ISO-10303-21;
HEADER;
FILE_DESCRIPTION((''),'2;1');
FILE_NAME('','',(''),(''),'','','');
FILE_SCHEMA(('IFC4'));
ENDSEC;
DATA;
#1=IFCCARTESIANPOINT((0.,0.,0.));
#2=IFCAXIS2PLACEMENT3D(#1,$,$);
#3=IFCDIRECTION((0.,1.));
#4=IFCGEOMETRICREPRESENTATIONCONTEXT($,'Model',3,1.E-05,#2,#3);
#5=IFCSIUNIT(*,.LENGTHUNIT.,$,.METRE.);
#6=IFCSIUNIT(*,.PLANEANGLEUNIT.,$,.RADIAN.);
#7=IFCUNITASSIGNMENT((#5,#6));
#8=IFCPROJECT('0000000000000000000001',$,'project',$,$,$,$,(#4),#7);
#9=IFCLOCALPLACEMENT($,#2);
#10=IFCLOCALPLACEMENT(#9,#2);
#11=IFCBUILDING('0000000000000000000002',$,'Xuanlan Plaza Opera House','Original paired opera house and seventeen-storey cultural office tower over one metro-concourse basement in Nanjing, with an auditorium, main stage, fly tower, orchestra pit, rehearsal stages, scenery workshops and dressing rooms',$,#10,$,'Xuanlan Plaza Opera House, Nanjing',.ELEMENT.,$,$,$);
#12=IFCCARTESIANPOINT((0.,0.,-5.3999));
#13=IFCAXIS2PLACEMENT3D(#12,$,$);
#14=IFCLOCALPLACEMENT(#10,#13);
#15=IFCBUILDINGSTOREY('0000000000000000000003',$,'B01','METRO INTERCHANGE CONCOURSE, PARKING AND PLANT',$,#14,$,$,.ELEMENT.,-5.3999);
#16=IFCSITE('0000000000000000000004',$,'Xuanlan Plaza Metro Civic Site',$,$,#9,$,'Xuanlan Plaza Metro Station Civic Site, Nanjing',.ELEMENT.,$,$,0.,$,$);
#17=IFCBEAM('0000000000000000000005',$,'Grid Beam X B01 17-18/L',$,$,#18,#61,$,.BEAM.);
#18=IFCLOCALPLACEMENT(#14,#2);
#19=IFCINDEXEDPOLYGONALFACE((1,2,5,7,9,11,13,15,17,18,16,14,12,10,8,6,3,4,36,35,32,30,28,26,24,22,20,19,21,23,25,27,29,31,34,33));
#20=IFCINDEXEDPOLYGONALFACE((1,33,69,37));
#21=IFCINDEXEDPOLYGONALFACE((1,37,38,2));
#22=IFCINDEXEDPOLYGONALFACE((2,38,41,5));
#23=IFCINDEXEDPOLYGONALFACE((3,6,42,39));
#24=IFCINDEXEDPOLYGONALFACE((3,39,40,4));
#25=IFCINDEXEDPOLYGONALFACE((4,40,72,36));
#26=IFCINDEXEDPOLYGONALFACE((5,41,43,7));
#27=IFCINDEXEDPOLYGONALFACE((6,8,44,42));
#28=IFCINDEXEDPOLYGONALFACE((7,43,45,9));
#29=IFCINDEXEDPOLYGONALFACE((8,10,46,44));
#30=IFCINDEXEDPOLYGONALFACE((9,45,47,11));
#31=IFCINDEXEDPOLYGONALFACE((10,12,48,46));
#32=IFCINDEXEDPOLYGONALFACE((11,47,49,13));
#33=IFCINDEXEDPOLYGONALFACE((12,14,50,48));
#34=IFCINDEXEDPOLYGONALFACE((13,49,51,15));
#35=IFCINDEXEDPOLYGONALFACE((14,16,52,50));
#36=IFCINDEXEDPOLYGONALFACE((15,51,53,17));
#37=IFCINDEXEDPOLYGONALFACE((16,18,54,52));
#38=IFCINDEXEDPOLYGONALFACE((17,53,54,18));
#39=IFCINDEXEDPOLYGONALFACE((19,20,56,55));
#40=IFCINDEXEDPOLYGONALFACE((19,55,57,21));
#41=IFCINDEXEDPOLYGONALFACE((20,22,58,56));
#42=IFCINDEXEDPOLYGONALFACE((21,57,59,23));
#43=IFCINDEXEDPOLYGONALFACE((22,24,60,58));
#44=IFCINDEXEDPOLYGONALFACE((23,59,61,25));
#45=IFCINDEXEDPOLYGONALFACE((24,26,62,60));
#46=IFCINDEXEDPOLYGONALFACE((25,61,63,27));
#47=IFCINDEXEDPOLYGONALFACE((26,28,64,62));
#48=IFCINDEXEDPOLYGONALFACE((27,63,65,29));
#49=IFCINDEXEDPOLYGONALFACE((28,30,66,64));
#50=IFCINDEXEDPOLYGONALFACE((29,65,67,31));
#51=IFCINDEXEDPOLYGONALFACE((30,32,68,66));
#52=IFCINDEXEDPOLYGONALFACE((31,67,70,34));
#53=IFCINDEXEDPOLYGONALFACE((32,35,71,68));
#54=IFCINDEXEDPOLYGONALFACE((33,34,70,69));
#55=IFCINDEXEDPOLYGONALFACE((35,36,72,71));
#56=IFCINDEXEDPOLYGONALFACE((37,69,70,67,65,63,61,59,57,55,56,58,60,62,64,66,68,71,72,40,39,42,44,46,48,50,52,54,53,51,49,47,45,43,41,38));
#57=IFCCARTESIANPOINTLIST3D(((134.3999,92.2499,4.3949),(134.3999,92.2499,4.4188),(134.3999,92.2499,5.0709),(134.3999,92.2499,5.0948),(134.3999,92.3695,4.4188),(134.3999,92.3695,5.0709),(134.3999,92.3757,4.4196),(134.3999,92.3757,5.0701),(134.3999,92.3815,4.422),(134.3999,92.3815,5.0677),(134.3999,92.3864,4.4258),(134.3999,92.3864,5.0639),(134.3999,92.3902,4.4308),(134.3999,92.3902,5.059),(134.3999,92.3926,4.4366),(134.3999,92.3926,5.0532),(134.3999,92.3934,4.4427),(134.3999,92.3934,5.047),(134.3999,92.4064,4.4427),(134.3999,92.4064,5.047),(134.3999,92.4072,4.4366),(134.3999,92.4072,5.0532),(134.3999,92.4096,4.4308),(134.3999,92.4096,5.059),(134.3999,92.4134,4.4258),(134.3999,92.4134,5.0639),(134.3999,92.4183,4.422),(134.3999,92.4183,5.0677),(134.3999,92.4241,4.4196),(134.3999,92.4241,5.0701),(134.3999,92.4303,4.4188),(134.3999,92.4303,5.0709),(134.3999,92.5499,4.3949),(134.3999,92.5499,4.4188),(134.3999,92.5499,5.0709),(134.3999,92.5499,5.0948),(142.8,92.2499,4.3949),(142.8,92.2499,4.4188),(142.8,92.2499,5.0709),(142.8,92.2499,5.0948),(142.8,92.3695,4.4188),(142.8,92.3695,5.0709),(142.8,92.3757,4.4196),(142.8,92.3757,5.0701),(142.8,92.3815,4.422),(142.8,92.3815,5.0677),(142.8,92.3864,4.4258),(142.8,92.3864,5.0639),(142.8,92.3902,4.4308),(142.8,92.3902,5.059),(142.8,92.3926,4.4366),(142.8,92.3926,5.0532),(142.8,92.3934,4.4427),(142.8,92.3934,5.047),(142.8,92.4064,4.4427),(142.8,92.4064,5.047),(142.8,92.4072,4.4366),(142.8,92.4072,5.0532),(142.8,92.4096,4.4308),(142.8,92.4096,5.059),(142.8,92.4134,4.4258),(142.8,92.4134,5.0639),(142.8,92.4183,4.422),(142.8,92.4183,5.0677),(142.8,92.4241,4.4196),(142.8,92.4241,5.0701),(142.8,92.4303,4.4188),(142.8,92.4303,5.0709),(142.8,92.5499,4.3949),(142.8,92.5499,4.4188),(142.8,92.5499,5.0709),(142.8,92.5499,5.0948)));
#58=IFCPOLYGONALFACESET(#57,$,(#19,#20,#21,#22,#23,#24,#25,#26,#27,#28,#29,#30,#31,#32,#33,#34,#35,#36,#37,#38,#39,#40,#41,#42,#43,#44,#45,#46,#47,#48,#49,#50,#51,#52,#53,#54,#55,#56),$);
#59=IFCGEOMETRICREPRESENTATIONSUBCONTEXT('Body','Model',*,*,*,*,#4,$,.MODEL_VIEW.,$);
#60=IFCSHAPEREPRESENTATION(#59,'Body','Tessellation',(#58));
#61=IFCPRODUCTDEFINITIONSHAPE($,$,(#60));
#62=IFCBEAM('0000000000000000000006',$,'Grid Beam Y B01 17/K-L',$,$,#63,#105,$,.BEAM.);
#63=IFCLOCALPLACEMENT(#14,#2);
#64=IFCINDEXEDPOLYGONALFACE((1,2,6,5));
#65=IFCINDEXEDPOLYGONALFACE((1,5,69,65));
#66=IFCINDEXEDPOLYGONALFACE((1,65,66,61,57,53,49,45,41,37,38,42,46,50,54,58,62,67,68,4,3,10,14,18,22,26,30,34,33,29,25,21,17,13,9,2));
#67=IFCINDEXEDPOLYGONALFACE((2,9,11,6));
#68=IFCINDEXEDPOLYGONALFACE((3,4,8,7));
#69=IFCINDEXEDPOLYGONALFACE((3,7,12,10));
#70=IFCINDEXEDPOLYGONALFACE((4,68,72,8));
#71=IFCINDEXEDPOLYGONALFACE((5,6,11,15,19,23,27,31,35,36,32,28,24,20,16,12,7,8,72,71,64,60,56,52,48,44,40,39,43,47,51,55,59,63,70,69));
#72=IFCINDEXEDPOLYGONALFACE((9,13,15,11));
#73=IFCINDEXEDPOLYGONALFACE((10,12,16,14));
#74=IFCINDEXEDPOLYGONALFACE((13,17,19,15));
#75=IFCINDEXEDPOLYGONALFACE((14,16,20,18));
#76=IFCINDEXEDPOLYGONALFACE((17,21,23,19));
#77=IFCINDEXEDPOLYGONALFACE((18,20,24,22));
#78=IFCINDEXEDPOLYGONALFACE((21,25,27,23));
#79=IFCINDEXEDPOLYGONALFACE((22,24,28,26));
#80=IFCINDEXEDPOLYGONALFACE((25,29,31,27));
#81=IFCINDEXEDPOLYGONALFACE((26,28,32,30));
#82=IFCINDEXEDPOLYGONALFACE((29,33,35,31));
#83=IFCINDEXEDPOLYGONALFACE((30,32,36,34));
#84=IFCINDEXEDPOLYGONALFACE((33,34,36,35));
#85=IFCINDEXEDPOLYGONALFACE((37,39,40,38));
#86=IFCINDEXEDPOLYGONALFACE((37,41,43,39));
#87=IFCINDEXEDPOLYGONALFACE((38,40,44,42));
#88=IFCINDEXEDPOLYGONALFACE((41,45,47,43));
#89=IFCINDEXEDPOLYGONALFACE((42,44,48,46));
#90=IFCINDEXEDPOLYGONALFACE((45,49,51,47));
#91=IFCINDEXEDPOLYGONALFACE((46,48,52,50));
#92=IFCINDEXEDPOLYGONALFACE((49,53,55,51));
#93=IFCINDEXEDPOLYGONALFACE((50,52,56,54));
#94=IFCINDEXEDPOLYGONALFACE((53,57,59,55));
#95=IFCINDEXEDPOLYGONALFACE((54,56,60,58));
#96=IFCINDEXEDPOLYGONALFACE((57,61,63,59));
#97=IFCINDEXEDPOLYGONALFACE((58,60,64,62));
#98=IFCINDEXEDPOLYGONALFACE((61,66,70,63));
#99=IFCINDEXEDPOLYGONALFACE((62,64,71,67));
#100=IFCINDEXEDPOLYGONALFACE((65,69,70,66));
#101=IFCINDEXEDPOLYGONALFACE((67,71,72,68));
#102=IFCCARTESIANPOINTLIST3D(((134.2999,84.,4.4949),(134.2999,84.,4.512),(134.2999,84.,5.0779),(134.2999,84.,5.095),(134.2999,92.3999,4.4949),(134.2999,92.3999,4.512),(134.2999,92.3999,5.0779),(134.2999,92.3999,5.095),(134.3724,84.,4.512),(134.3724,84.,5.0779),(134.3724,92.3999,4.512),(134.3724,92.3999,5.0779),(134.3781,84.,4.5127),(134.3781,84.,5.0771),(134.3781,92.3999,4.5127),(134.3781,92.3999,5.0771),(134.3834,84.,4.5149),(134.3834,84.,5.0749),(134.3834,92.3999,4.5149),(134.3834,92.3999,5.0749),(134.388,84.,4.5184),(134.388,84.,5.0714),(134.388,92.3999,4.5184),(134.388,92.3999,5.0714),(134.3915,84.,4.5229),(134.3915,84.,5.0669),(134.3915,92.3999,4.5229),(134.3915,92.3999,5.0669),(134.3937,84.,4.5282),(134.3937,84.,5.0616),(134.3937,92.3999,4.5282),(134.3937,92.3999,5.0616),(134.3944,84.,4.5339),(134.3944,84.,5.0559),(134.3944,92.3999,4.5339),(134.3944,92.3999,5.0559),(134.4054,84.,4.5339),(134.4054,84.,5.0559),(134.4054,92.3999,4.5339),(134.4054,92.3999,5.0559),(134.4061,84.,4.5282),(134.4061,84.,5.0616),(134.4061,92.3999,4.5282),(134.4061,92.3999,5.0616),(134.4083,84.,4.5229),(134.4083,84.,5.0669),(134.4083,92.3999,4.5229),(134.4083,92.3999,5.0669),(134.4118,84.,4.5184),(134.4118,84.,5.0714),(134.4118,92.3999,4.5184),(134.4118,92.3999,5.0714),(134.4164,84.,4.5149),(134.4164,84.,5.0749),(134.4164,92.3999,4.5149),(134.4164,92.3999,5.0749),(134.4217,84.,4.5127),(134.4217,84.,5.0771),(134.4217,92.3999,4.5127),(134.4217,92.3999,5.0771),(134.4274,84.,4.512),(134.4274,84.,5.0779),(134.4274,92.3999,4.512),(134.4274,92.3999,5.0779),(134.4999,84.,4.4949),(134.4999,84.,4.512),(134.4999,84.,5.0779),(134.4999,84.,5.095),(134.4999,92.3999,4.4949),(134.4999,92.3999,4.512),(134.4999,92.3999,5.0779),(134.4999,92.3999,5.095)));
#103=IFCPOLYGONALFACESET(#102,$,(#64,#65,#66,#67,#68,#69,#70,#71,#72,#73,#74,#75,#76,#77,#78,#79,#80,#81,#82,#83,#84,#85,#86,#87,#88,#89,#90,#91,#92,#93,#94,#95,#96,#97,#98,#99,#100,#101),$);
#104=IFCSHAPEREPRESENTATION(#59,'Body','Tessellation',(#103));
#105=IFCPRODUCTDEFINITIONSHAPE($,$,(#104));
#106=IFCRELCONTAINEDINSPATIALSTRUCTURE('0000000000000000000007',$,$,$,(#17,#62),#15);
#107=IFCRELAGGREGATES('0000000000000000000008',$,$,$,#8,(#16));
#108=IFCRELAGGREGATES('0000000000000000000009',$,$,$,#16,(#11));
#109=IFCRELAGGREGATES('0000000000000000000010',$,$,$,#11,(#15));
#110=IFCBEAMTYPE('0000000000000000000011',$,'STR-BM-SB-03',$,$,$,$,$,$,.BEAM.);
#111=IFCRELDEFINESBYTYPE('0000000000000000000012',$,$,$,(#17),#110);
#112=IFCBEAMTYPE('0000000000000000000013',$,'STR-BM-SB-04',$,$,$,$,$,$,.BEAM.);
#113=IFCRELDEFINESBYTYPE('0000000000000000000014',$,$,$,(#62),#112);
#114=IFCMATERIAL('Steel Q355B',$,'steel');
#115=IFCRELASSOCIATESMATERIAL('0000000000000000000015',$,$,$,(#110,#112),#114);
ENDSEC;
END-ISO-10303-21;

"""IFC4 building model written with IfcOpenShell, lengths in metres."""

from ifc_helpers import new_model, si_unit, direction, frame, origin, origin_2d, place, context, subcontext, project, spatial, i_section, extrude, material, material_profile, profile_set, type_object, element, save


model = new_model("IFC4")

# Units and contexts
model_context = context("Model", 3, precision=1e-05, world=origin(), true_north=direction((0.0, 1.0)))
body_context = subcontext(model_context, "Body", "Model", "MODEL_VIEW")
ifc_project = project(units=[si_unit("LENGTHUNIT", "METRE"), si_unit("PLANEANGLEUNIT", "RADIAN")], contexts=[model_context])

# Site, building, storey
site_placement = place(None, origin())
site = spatial("IfcSite", under=ifc_project, at=site_placement, Name="Xuanlan Plaza Metro Civic Site", LongName="Xuanlan Plaza Metro Station Civic Site, Nanjing", CompositionType="ELEMENT", RefElevation=0.0)
building_placement = place(site_placement, origin())
building = spatial("IfcBuilding", under=site, at=building_placement, Name="Xuanlan Plaza Opera House", Description="Original paired opera house and seventeen-storey cultural office tower over one metro-concourse basement in Nanjing, with an auditorium, main stage, fly tower, orchestra pit, rehearsal stages, scenery workshops and dressing rooms", LongName="Xuanlan Plaza Opera House, Nanjing", CompositionType="ELEMENT")
storey_placement = place(building_placement, frame((0.0, 0.0, -5.3999)))
storey = spatial("IfcBuildingStorey", under=building, at=storey_placement, Name="B01", Description="METRO INTERCHANGE CONCOURSE, PARKING AND PLANT", CompositionType="ELEMENT", Elevation=-5.3999)

# Beams
ifc_material_1 = material(Name="Steel Q355B", Category="steel")
ifc_material_profile_1 = material_profile(ifc_material_1, i_section(OverallWidth=0.3, OverallDepth=0.7, WebThickness=0.0129, FlangeThickness=0.0239, FilletRadius=0.0239, at=origin_2d()), Name="HN 700x300x13x24")
ifc_profile_set_1 = profile_set([ifc_material_profile_1], Name="Steel Q355B")
beam_type_1 = type_object("IfcBeamType", Name="STR-BM-SB-03", PredefinedType="BEAM", material=ifc_profile_set_1)
beam_1_placement = place(storey_placement, frame((134.3999, 92.3999, 4.7449), z_axis=(1.0, 0.0, 0.0), x_axis=(0.0, 1.0, 0.0)))
element("IfcBeam", 1, at=beam_1_placement, inside=storey, type_object=beam_type_1, Name="Grid Beam X B01 17-18/L", PredefinedType="BEAM", context=body_context, shape_type="SweptSolid", body=[
    extrude(i_section(OverallWidth=0.3, OverallDepth=0.7, WebThickness=0.0129, FlangeThickness=0.0239, FilletRadius=0.0239, at=origin_2d()), origin(), (0.0, 0.0, 1.0), 8.4001),
])
ifc_material_profile_2 = material_profile(ifc_material_1, i_section(OverallWidth=0.2, OverallDepth=0.6001, WebThickness=0.011, FlangeThickness=0.0171, FilletRadius=0.022, at=origin_2d()), Name="HN 600x200x11x17")
ifc_profile_set_2 = profile_set([ifc_material_profile_2], Name="Steel Q355B")
beam_type_2 = type_object("IfcBeamType", Name="STR-BM-SB-04", PredefinedType="BEAM", material=ifc_profile_set_2)
beam_2_placement = place(storey_placement, frame((134.3999, 84.0, 4.7949), z_axis=(0.0, 1.0, 0.0), x_axis=(-1.0, 0.0, 0.0)))
element("IfcBeam", 2, at=beam_2_placement, inside=storey, type_object=beam_type_2, Name="Grid Beam Y B01 17/K-L", PredefinedType="BEAM", context=body_context, shape_type="SweptSolid", body=[
    extrude(i_section(OverallWidth=0.2, OverallDepth=0.6001, WebThickness=0.011, FlangeThickness=0.0171, FilletRadius=0.022, at=origin_2d()), origin(), (0.0, 0.0, 1.0), 8.3999),
])

save(model, "model.ifc")
